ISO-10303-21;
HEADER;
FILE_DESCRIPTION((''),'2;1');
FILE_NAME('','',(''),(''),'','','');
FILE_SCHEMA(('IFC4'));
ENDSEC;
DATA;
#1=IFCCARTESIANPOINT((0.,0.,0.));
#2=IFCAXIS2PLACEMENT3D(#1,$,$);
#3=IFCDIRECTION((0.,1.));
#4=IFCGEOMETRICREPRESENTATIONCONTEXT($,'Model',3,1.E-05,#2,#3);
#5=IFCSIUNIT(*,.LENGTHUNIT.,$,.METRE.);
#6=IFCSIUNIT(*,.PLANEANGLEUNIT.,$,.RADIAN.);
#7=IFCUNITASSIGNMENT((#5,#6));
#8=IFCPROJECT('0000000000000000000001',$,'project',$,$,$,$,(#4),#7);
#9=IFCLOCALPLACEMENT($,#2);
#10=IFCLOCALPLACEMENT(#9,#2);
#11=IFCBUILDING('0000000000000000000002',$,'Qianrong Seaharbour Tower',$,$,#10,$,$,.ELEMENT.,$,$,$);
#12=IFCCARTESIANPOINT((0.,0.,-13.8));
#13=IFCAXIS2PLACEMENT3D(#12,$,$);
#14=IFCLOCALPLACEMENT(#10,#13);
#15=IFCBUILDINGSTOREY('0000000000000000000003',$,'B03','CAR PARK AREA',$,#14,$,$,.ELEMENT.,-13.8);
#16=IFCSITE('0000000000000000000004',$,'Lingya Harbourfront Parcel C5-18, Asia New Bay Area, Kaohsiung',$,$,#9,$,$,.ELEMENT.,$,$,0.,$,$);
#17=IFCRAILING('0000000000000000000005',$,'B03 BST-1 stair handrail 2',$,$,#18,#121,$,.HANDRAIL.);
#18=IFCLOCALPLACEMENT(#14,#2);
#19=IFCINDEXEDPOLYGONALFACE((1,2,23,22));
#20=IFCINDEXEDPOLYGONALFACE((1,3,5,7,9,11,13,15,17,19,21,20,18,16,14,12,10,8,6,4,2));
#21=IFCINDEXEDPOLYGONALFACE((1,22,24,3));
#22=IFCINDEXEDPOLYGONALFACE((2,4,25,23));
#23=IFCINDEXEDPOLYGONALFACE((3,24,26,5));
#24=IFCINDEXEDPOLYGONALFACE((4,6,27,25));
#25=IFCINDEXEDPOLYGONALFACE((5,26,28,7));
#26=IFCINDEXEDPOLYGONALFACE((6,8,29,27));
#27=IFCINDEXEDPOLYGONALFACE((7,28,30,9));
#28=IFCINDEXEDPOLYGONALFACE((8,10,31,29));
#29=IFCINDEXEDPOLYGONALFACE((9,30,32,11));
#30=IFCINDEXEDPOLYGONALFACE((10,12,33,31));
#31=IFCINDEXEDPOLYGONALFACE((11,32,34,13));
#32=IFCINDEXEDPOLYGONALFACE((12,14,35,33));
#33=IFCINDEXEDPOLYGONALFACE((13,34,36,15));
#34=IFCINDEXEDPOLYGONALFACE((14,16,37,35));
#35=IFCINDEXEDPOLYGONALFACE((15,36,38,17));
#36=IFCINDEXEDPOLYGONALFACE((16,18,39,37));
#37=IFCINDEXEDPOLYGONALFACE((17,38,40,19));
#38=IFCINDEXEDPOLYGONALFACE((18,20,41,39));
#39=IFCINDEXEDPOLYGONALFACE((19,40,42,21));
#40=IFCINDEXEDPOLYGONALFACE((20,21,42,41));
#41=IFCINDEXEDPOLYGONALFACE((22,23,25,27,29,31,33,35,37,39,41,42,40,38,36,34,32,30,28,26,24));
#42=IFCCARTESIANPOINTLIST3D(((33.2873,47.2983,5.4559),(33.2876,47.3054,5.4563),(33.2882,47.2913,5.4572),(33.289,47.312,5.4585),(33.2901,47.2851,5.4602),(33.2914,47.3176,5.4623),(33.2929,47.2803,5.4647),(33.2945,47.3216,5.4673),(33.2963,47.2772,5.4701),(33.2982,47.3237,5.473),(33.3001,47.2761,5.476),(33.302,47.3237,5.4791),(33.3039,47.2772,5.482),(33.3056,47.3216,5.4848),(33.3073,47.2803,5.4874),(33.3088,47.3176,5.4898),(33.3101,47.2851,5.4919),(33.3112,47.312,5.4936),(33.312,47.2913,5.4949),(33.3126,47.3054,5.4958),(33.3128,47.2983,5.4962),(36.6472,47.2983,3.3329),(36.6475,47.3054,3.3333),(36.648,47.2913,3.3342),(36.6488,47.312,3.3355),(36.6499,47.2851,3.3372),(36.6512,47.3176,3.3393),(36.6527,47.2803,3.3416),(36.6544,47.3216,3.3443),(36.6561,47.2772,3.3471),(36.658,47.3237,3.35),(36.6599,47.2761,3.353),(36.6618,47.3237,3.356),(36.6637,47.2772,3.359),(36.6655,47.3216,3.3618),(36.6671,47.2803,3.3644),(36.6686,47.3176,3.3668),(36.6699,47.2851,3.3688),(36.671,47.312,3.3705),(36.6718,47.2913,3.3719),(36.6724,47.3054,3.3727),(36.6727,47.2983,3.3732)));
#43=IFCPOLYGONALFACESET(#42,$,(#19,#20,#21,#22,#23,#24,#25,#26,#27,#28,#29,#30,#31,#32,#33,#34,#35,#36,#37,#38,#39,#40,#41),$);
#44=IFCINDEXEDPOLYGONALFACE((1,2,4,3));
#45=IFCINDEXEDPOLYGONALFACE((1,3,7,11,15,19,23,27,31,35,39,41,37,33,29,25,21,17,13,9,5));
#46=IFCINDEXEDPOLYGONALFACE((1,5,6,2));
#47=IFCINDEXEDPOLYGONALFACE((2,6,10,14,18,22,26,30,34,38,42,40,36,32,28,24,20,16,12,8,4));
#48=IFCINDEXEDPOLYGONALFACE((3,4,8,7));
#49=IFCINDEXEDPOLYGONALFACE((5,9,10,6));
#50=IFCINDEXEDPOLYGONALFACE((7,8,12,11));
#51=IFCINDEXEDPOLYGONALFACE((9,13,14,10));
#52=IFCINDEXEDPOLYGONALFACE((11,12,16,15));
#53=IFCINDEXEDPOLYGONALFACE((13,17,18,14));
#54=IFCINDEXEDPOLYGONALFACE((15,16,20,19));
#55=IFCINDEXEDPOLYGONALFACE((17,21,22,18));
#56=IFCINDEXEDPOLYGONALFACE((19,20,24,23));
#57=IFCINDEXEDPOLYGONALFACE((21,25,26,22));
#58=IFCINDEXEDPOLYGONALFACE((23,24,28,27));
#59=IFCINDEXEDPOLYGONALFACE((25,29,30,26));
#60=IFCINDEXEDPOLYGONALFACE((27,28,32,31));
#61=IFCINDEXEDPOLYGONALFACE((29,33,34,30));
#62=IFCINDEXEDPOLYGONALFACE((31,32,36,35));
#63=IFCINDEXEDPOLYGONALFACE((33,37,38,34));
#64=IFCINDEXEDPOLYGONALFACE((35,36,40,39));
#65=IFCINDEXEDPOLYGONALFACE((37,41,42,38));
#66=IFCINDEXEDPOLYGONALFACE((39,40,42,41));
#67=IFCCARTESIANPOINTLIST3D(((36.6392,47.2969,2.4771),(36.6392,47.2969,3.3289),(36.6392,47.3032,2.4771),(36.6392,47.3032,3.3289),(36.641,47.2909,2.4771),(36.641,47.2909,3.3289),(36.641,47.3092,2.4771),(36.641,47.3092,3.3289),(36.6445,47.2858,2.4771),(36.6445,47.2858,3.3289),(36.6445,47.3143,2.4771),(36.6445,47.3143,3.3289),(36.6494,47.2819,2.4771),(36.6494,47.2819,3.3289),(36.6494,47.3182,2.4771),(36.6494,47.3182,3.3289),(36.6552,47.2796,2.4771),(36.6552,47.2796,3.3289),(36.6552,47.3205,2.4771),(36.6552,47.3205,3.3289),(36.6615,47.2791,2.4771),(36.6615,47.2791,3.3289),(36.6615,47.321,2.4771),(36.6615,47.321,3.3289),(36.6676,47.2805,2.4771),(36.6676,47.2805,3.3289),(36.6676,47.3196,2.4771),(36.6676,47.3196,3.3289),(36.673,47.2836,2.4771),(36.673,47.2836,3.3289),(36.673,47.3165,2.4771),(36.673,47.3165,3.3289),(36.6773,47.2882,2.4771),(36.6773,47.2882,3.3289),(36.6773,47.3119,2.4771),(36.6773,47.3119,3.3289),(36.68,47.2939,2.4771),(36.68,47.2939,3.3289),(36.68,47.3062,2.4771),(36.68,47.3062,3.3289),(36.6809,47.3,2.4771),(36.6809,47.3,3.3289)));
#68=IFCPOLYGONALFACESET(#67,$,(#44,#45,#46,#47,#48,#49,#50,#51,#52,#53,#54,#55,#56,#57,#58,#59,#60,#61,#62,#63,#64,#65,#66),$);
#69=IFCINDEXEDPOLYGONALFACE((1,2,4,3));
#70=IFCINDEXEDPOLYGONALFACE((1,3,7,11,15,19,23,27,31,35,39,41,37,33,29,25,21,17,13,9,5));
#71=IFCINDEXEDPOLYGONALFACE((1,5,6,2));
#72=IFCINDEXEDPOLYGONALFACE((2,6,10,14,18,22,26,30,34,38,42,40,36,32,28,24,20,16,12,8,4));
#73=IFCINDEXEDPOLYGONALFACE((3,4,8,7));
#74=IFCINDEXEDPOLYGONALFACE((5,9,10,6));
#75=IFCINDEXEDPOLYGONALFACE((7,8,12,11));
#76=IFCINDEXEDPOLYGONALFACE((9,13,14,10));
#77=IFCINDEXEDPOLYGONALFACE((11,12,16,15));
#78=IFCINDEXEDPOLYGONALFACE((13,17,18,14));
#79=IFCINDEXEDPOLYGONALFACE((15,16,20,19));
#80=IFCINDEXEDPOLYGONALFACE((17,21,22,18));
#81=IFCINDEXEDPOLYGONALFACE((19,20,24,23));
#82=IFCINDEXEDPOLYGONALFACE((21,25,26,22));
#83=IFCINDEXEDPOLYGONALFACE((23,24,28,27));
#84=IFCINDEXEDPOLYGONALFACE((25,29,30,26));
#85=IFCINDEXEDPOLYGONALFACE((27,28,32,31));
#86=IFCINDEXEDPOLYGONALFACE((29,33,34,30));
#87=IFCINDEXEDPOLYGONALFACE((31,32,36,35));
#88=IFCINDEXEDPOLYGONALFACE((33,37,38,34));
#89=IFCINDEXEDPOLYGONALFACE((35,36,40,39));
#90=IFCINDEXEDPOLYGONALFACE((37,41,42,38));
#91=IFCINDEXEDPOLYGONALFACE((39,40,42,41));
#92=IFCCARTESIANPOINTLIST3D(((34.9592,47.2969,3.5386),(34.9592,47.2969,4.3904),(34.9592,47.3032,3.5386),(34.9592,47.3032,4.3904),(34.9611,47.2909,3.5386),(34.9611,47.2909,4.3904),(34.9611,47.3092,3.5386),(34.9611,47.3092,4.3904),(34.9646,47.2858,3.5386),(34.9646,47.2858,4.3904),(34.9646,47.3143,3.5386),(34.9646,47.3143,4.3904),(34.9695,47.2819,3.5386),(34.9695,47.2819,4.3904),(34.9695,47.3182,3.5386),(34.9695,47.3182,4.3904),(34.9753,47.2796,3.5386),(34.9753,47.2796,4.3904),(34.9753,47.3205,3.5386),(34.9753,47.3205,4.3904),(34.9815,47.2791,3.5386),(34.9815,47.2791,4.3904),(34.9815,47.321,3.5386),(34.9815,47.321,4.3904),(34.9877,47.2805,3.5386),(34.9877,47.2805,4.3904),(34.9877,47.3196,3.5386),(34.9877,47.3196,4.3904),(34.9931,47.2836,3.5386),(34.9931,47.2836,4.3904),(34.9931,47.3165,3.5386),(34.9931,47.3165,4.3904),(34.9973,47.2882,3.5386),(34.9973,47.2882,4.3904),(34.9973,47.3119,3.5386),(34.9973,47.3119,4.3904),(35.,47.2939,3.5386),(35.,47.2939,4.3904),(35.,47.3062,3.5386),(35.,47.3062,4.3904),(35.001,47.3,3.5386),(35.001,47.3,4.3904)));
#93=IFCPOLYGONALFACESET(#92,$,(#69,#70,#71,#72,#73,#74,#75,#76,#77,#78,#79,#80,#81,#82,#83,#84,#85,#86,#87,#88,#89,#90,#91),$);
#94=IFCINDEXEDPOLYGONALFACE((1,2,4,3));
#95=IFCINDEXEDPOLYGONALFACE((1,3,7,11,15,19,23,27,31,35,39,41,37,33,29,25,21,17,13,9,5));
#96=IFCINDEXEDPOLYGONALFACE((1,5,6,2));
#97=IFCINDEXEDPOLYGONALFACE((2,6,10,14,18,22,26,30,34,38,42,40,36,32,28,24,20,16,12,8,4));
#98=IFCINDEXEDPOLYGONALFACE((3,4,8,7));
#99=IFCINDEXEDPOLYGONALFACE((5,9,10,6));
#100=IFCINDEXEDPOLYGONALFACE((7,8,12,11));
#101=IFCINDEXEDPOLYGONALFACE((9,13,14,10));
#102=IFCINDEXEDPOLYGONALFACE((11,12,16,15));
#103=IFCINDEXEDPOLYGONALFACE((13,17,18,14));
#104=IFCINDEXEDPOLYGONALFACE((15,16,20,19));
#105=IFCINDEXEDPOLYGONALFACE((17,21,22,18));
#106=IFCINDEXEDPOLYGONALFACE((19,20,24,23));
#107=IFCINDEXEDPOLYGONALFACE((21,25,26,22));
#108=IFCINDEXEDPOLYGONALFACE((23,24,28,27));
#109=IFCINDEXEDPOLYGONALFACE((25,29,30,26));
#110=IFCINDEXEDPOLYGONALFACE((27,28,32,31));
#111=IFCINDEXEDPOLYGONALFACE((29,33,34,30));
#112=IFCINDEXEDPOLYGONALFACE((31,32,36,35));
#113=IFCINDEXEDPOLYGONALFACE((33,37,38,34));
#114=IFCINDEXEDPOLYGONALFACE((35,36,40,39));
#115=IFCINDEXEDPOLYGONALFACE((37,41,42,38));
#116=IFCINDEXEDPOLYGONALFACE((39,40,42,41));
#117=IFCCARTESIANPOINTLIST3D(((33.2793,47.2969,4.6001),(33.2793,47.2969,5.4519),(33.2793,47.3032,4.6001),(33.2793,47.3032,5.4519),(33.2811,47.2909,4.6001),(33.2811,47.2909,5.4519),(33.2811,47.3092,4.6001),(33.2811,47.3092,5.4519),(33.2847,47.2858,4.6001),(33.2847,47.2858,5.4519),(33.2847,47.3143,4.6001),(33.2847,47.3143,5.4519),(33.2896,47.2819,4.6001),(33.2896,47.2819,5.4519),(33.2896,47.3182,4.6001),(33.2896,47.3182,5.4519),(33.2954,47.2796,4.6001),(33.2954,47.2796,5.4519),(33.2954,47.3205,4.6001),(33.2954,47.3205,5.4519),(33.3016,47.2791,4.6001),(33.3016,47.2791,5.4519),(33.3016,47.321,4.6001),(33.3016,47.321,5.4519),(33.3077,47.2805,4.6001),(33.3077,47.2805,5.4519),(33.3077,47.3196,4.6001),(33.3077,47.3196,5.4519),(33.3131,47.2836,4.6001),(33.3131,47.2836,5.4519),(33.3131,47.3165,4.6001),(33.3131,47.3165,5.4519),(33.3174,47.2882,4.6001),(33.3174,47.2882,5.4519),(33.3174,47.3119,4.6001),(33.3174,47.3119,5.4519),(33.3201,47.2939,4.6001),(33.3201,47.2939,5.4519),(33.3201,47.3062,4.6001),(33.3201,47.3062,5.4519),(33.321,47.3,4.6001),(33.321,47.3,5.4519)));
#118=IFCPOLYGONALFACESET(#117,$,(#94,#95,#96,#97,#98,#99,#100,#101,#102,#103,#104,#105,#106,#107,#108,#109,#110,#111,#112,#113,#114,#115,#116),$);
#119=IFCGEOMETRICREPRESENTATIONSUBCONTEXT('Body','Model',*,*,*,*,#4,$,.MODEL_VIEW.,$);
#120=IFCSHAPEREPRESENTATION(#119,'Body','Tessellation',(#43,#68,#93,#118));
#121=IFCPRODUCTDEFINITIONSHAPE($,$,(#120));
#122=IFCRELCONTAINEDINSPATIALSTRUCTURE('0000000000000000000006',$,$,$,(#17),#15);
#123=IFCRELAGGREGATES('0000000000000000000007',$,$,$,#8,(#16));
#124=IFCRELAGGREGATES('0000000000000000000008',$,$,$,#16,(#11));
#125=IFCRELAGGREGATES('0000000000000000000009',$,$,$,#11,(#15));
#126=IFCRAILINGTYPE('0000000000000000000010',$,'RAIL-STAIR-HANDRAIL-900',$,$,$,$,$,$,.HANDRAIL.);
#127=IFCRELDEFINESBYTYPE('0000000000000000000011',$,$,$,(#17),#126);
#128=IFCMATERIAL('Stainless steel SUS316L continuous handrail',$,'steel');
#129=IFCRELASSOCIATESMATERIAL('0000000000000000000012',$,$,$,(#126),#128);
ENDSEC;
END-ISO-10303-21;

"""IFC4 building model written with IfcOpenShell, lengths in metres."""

from ifc_helpers import new_model, si_unit, direction, frame, origin, origin_2d, place, context, subcontext, project, spatial, circle, extrude, material, type_object, element, save


model = new_model("IFC4")

# Units and contexts
model_context = context("Model", 3, precision=1e-05, world=origin(), true_north=direction((0.0, 1.0)))
body_context = subcontext(model_context, "Body", "Model", "MODEL_VIEW")
ifc_project = project(units=[si_unit("LENGTHUNIT", "METRE"), si_unit("PLANEANGLEUNIT", "RADIAN")], contexts=[model_context])

# Site, building, storey
site_placement = place(None, origin())
site = spatial("IfcSite", under=ifc_project, at=site_placement, Name="Lingya Harbourfront Parcel C5-18, Asia New Bay Area, Kaohsiung", CompositionType="ELEMENT", RefElevation=0.0)
building_placement = place(site_placement, origin())
building = spatial("IfcBuilding", under=site, at=building_placement, Name="Qianrong Seaharbour Tower", CompositionType="ELEMENT")
storey_placement = place(building_placement, frame((0.0, 0.0, -13.8)))
storey = spatial("IfcBuildingStorey", under=building, at=storey_placement, Name="B03", Description="CAR PARK AREA", CompositionType="ELEMENT", Elevation=-13.8)

# Railing
ifc_material_1 = material(Name="Stainless steel SUS316L continuous handrail", Category="steel")
railing_type_1 = type_object("IfcRailingType", Name="RAIL-STAIR-HANDRAIL-900", PredefinedType="HANDRAIL", material=ifc_material_1)
railing_1_placement = place(storey_placement, frame((36.6599, 47.3, 2.4771)))
element("IfcRailing", 1, at=railing_1_placement, inside=storey, type_object=railing_type_1, Name="B03 BST-1 stair handrail 2", PredefinedType="HANDRAIL", context=body_context, shape_type="SweptSolid", body=[
    extrude(circle(Radius=0.0239, at=origin_2d()), frame((0.0, 0.0, 0.876), z_axis=(-0.845372, 0.0, 0.534178), x_axis=(0.0, -1.0, 0.0)), (0.0, 0.0, 1.0), 3.9744),
    extrude(circle(Radius=0.021, at=origin_2d()), origin(), (0.0, 0.0, 1.0), 0.8518),
    extrude(circle(Radius=0.021, at=origin_2d()), frame((-1.6799, 0.0, 1.0615)), (0.0, 0.0, 1.0), 0.8518),
    extrude(circle(Radius=0.021, at=origin_2d()), frame((-3.3599, 0.0, 2.123)), (0.0, 0.0, 1.0), 0.8518),
])

save(model, "model.ifc")
